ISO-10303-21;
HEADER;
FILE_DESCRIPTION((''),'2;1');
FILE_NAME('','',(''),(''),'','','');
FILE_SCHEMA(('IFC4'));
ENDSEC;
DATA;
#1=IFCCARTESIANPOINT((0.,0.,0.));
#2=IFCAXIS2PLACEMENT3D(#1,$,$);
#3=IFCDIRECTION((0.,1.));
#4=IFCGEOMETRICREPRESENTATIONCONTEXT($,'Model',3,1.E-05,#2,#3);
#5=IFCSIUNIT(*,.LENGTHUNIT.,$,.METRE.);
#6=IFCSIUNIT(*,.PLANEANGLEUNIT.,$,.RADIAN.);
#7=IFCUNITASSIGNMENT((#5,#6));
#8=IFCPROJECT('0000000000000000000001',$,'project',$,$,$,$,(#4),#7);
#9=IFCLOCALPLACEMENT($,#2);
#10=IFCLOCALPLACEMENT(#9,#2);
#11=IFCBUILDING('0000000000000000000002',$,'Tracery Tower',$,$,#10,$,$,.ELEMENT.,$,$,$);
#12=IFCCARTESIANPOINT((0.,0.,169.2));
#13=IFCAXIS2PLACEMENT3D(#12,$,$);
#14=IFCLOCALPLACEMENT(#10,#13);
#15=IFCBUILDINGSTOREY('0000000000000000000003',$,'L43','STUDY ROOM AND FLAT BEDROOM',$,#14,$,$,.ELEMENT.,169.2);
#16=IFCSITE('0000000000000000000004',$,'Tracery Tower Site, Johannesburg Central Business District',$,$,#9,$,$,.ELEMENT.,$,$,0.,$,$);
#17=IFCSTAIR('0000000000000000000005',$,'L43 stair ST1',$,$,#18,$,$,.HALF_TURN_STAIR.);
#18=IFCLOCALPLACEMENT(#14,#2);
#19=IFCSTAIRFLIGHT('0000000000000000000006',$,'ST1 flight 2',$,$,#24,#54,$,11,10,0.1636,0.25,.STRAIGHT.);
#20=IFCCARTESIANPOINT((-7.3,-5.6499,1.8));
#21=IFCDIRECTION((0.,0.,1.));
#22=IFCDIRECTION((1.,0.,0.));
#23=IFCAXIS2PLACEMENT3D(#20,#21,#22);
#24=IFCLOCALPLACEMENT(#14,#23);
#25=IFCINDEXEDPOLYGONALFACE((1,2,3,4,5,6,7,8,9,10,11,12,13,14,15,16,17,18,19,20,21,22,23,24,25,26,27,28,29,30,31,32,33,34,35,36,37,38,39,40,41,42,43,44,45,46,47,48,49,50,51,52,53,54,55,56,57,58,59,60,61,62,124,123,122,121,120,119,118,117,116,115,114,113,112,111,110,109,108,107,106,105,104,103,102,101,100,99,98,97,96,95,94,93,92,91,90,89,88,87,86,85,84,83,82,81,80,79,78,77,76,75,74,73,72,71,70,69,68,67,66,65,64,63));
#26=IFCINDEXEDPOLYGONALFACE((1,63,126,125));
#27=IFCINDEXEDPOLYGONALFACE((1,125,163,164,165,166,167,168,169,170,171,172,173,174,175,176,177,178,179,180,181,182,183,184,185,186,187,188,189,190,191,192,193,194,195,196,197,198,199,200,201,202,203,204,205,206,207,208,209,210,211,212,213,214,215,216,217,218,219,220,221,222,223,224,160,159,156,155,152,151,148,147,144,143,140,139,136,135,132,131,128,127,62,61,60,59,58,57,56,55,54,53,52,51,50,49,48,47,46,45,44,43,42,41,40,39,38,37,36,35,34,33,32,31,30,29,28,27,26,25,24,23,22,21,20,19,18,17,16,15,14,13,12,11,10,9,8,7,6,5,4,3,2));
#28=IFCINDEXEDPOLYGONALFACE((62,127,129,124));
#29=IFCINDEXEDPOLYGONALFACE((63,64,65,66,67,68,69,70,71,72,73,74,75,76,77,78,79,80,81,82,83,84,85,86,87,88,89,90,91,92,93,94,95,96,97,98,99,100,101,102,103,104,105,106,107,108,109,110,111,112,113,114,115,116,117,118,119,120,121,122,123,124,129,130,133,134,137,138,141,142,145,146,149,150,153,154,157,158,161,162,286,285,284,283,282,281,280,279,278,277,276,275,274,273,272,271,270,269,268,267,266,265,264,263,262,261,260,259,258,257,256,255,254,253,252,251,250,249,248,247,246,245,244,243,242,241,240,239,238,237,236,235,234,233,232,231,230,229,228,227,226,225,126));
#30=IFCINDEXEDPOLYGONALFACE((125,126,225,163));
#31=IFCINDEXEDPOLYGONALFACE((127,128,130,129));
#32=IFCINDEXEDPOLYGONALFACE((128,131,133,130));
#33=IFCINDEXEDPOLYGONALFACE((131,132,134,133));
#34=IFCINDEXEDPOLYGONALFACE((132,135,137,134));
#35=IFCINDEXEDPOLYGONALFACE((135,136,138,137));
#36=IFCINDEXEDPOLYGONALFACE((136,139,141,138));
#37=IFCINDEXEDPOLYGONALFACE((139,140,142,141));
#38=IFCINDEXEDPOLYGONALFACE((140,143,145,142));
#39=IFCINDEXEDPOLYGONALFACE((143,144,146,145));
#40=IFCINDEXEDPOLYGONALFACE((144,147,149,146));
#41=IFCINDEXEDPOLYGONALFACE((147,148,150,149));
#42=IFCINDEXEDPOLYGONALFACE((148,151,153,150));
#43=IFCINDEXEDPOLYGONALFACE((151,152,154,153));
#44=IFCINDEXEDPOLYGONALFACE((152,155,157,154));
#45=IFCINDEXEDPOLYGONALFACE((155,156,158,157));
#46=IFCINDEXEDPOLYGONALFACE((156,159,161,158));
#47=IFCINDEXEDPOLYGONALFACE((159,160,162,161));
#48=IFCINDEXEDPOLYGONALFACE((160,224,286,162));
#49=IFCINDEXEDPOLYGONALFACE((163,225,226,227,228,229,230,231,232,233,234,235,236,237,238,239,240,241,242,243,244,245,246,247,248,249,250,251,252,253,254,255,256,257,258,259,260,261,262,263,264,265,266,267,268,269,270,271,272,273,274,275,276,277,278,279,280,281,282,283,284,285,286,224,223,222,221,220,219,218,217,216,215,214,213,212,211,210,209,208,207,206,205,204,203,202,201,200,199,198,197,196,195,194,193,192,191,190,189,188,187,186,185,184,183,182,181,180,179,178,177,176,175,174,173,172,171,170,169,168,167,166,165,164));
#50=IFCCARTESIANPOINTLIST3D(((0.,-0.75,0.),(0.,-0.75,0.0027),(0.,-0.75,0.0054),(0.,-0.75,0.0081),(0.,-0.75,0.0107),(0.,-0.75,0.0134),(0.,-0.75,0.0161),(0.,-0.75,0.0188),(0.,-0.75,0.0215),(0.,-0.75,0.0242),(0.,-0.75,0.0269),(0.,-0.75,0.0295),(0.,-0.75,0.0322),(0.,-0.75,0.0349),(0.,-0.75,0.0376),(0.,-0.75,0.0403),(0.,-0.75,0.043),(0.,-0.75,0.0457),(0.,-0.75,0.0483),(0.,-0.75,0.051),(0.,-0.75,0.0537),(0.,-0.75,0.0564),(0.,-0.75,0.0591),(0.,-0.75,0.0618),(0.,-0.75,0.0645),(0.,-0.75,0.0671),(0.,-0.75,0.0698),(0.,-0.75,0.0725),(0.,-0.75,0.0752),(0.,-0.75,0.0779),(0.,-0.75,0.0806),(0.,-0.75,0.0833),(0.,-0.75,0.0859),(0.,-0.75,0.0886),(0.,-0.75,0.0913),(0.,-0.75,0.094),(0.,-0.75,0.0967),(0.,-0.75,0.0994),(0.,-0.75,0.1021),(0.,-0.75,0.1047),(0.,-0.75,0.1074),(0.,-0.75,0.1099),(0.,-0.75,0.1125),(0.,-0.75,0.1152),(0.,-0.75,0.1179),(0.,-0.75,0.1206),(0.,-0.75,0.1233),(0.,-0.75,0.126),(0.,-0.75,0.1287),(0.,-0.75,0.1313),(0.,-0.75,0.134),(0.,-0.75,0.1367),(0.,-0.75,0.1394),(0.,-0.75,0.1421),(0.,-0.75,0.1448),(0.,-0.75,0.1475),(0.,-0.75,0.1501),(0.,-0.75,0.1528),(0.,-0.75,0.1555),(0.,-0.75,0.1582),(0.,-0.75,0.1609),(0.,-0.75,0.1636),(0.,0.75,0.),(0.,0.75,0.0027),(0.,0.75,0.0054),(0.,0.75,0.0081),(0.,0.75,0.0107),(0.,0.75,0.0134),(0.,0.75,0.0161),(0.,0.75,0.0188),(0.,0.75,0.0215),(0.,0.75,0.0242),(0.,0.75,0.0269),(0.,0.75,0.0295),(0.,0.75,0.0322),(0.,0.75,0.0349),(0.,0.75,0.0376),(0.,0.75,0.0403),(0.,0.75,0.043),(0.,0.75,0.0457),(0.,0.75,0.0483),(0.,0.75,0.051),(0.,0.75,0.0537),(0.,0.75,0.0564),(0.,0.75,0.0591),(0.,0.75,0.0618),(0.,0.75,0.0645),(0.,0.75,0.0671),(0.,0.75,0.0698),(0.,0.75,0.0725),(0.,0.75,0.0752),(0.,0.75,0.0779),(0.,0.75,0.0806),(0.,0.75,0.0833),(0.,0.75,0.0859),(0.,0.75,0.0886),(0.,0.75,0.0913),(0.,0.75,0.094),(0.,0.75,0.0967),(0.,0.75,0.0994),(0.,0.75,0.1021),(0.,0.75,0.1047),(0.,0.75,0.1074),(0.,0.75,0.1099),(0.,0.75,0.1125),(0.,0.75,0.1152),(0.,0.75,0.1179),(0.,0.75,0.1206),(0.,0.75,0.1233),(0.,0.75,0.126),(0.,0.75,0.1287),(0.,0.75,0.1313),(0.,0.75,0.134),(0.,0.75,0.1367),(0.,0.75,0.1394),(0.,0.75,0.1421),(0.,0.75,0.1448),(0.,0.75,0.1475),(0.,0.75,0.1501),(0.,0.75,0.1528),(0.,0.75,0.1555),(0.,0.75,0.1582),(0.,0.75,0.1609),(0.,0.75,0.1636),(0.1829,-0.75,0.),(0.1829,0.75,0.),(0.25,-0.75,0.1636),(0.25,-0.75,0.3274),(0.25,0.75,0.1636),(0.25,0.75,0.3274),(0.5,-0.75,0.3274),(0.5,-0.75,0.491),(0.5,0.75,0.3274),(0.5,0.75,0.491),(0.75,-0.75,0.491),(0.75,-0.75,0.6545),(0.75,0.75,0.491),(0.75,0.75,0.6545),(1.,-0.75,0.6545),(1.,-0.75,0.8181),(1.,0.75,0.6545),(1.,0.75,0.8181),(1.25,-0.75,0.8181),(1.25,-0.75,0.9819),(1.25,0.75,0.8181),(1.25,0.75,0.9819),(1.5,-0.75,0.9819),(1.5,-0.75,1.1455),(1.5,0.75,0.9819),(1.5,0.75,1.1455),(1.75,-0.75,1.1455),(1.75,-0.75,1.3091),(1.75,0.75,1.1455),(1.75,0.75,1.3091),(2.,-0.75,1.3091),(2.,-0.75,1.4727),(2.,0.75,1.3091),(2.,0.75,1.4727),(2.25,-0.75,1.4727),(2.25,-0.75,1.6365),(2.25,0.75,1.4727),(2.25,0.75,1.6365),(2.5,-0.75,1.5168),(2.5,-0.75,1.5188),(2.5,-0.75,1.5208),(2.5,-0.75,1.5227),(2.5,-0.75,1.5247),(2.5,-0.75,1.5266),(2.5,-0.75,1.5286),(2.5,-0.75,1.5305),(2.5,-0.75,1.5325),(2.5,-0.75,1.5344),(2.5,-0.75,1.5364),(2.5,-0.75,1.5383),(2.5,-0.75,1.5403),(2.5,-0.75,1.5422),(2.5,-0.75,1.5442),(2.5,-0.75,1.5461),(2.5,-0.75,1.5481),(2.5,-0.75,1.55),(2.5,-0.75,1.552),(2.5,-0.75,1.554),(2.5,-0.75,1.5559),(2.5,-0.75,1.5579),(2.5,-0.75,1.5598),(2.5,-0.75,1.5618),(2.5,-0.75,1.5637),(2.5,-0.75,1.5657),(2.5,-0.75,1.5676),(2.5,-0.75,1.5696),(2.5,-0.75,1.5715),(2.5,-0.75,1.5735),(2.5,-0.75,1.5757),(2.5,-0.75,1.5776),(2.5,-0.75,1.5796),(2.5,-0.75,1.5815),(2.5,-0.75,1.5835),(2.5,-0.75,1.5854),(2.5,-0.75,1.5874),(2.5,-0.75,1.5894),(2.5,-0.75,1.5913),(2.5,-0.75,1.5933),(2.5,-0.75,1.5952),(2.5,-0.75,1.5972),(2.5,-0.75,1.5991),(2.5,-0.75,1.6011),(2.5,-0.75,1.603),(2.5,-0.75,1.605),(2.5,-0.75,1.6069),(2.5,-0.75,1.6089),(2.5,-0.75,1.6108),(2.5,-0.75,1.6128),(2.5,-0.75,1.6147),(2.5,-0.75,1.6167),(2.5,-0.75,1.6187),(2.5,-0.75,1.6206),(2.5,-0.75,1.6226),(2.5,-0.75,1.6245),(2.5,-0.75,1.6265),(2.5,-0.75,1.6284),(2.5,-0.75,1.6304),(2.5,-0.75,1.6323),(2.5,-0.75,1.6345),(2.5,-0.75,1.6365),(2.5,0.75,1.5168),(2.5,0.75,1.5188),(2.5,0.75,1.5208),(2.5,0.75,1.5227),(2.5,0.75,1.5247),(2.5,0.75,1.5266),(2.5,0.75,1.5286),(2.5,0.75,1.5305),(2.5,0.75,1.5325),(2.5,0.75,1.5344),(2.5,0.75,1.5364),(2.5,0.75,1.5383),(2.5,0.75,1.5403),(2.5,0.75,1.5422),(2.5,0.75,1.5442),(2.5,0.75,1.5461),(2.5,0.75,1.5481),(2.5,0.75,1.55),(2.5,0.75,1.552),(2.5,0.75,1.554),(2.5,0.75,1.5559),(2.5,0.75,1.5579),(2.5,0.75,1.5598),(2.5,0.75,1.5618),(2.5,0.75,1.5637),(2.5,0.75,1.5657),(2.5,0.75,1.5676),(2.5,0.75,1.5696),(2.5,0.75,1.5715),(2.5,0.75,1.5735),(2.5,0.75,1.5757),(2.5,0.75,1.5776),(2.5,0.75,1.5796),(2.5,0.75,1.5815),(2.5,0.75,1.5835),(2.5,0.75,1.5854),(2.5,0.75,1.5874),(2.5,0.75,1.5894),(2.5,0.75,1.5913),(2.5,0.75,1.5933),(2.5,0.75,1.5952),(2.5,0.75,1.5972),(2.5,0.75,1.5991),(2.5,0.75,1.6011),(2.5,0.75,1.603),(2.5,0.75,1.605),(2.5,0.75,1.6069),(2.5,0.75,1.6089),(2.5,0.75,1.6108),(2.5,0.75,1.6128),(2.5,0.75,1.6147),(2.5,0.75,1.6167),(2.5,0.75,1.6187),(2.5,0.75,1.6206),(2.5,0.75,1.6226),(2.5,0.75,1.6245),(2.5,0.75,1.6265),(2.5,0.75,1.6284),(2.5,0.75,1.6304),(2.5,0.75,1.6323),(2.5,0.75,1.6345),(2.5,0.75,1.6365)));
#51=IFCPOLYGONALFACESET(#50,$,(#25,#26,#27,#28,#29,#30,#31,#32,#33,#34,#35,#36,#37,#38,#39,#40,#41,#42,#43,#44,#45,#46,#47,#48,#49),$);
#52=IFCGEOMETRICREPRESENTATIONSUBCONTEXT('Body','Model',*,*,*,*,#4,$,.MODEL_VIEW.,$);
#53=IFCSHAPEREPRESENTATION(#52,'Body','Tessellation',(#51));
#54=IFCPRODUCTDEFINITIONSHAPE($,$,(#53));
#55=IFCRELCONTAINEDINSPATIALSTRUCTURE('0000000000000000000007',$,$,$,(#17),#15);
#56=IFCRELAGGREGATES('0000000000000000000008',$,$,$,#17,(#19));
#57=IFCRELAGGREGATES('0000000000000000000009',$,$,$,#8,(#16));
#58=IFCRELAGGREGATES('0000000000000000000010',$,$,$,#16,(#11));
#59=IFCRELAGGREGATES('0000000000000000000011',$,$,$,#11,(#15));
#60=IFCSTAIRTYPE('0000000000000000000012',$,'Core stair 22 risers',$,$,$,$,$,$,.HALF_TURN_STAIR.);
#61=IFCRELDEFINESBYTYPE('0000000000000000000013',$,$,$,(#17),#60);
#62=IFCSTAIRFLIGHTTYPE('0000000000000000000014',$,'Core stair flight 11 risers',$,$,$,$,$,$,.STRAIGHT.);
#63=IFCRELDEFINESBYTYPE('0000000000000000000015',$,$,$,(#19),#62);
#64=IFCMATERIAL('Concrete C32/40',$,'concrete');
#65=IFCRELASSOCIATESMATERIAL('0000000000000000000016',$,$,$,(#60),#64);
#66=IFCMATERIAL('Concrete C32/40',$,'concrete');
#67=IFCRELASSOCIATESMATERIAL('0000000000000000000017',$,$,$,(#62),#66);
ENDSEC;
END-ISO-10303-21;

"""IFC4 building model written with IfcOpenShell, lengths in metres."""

from ifc_helpers import new_model, si_unit, direction, frame, origin, place, context, subcontext, project, spatial, polyline, outline, extrude, material, type_object, element, aggregate, save


model = new_model("IFC4")

# Units and contexts
model_context = context("Model", 3, precision=1e-05, world=origin(), true_north=direction((0.0, 1.0)))
body_context = subcontext(model_context, "Body", "Model", "MODEL_VIEW")
ifc_project = project(units=[si_unit("LENGTHUNIT", "METRE"), si_unit("PLANEANGLEUNIT", "RADIAN")], contexts=[model_context])

# Site, building, storey
site_placement = place(None, origin())
site = spatial("IfcSite", under=ifc_project, at=site_placement, Name="Tracery Tower Site, Johannesburg Central Business District", CompositionType="ELEMENT", RefElevation=0.0)
building_placement = place(site_placement, origin())
building = spatial("IfcBuilding", under=site, at=building_placement, Name="Tracery Tower", CompositionType="ELEMENT")
storey_placement = place(building_placement, frame((0.0, 0.0, 169.2)))
storey = spatial("IfcBuildingStorey", under=building, at=storey_placement, Name="L43", Description="STUDY ROOM AND FLAT BEDROOM", CompositionType="ELEMENT", Elevation=169.2)

# Stair, stair flight
ifc_material_1 = material(Name="Concrete C32/40", Category="concrete")
stair_type = type_object("IfcStairType", Name="Core stair 22 risers", PredefinedType="HALF_TURN_STAIR", material=ifc_material_1)
stair_placement = place(storey_placement, origin())
stair = element("IfcStair", 1, at=stair_placement, inside=storey, type_object=stair_type, Name="L43 stair ST1", PredefinedType="HALF_TURN_STAIR")
ifc_material_2 = material(Name="Concrete C32/40", Category="concrete")
stair_flight_type = type_object("IfcStairFlightType", Name="Core stair flight 11 risers", PredefinedType="STRAIGHT", material=ifc_material_2)
stair_flight_1_placement = place(storey_placement, frame((-7.3, -5.6499, 1.8), z_axis=(0.0, 0.0, 1.0), x_axis=(1.0, 0.0, 0.0)))
stair_flight_1 = element("IfcStairFlight", 2, at=stair_flight_1_placement, type_object=stair_flight_type, Name="ST1 flight 2", NumberOfRisers=11, NumberOfTreads=10, PredefinedType="STRAIGHT", RiserHeight=0.1636, TreadLength=0.25, context=body_context, shape_type="SweptSolid", body=[
    extrude(outline(polyline([(0.0, 0.0), (0.0, 0.0027), (0.0, 0.0054), (0.0, 0.0081), (0.0, 0.0107), (0.0, 0.0134), (0.0, 0.0161), (0.0, 0.0188), (0.0, 0.0215), (0.0, 0.0242), (0.0, 0.0269), (0.0, 0.0295), (0.0, 0.0322), (0.0, 0.0349), (0.0, 0.0376), (0.0, 0.0403), (0.0, 0.043), (0.0, 0.0457), (0.0, 0.0483), (0.0, 0.051), (0.0, 0.0537), (0.0, 0.0564), (0.0, 0.0591), (0.0, 0.0618), (0.0, 0.0645), (0.0, 0.0671), (0.0, 0.0698), (0.0, 0.0725), (0.0, 0.0752), (0.0, 0.0779), (0.0, 0.0806), (0.0, 0.0833), (0.0, 0.0859), (0.0, 0.0886), (0.0, 0.0913), (0.0, 0.094), (0.0, 0.0967), (0.0, 0.0994), (0.0, 0.1021), (0.0, 0.1047), (0.0, 0.1074), (0.0, 0.1099), (0.0, 0.1125), (0.0, 0.1152), (0.0, 0.1179), (0.0, 0.1206), (0.0, 0.1233), (0.0, 0.126), (0.0, 0.1287), (0.0, 0.1313), (0.0, 0.134), (0.0, 0.1367), (0.0, 0.1394), (0.0, 0.1421), (0.0, 0.1448), (0.0, 0.1475), (0.0, 0.1501), (0.0, 0.1528), (0.0, 0.1555), (0.0, 0.1582), (0.0, 0.1609), (0.0, 0.1636), (0.25, 0.1636), (0.25, 0.3274), (0.5, 0.3274), (0.5, 0.491), (0.75, 0.491), (0.75, 0.6545), (1.0, 0.6545), (1.0, 0.8181), (1.25, 0.8181), (1.25, 0.9819), (1.5, 0.9819), (1.5, 1.1455), (1.75, 1.1455), (1.75, 1.3091), (2.0, 1.3091), (2.0, 1.4727), (2.25, 1.4727), (2.25, 1.6365), (2.5, 1.6365), (2.5, 1.6345), (2.5, 1.6323), (2.5, 1.6304), (2.5, 1.6284), (2.5, 1.6265), (2.5, 1.6245), (2.5, 1.6226), (2.5, 1.6206), (2.5, 1.6187), (2.5, 1.6167), (2.5, 1.6147), (2.5, 1.6128), (2.5, 1.6108), (2.5, 1.6089), (2.5, 1.6069), (2.5, 1.605), (2.5, 1.603), (2.5, 1.6011), (2.5, 1.5991), (2.5, 1.5972), (2.5, 1.5952), (2.5, 1.5933), (2.5, 1.5913), (2.5, 1.5894), (2.5, 1.5874), (2.5, 1.5854), (2.5, 1.5835), (2.5, 1.5815), (2.5, 1.5796), (2.5, 1.5776), (2.5, 1.5757), (2.5, 1.5735), (2.5, 1.5715), (2.5, 1.5696), (2.5, 1.5676), (2.5, 1.5657), (2.5, 1.5637), (2.5, 1.5618), (2.5, 1.5598), (2.5, 1.5579), (2.5, 1.5559), (2.5, 1.554), (2.5, 1.552), (2.5, 1.55), (2.5, 1.5481), (2.5, 1.5461), (2.5, 1.5442), (2.5, 1.5422), (2.5, 1.5403), (2.5, 1.5383), (2.5, 1.5364), (2.5, 1.5344), (2.5, 1.5325), (2.5, 1.5305), (2.5, 1.5286), (2.5, 1.5266), (2.5, 1.5247), (2.5, 1.5227), (2.5, 1.5208), (2.5, 1.5188), (2.5, 1.5168), (0.1829, 0.0), (0.0, 0.0)])), frame((0.0, 0.75, 0.0), z_axis=(0.0, -1.0, 0.0), x_axis=(1.0, 0.0, 0.0)), (0.0, 0.0, 1.0), 1.5),
])
aggregate(stair, [stair_flight_1])

save(model, "model.ifc")
